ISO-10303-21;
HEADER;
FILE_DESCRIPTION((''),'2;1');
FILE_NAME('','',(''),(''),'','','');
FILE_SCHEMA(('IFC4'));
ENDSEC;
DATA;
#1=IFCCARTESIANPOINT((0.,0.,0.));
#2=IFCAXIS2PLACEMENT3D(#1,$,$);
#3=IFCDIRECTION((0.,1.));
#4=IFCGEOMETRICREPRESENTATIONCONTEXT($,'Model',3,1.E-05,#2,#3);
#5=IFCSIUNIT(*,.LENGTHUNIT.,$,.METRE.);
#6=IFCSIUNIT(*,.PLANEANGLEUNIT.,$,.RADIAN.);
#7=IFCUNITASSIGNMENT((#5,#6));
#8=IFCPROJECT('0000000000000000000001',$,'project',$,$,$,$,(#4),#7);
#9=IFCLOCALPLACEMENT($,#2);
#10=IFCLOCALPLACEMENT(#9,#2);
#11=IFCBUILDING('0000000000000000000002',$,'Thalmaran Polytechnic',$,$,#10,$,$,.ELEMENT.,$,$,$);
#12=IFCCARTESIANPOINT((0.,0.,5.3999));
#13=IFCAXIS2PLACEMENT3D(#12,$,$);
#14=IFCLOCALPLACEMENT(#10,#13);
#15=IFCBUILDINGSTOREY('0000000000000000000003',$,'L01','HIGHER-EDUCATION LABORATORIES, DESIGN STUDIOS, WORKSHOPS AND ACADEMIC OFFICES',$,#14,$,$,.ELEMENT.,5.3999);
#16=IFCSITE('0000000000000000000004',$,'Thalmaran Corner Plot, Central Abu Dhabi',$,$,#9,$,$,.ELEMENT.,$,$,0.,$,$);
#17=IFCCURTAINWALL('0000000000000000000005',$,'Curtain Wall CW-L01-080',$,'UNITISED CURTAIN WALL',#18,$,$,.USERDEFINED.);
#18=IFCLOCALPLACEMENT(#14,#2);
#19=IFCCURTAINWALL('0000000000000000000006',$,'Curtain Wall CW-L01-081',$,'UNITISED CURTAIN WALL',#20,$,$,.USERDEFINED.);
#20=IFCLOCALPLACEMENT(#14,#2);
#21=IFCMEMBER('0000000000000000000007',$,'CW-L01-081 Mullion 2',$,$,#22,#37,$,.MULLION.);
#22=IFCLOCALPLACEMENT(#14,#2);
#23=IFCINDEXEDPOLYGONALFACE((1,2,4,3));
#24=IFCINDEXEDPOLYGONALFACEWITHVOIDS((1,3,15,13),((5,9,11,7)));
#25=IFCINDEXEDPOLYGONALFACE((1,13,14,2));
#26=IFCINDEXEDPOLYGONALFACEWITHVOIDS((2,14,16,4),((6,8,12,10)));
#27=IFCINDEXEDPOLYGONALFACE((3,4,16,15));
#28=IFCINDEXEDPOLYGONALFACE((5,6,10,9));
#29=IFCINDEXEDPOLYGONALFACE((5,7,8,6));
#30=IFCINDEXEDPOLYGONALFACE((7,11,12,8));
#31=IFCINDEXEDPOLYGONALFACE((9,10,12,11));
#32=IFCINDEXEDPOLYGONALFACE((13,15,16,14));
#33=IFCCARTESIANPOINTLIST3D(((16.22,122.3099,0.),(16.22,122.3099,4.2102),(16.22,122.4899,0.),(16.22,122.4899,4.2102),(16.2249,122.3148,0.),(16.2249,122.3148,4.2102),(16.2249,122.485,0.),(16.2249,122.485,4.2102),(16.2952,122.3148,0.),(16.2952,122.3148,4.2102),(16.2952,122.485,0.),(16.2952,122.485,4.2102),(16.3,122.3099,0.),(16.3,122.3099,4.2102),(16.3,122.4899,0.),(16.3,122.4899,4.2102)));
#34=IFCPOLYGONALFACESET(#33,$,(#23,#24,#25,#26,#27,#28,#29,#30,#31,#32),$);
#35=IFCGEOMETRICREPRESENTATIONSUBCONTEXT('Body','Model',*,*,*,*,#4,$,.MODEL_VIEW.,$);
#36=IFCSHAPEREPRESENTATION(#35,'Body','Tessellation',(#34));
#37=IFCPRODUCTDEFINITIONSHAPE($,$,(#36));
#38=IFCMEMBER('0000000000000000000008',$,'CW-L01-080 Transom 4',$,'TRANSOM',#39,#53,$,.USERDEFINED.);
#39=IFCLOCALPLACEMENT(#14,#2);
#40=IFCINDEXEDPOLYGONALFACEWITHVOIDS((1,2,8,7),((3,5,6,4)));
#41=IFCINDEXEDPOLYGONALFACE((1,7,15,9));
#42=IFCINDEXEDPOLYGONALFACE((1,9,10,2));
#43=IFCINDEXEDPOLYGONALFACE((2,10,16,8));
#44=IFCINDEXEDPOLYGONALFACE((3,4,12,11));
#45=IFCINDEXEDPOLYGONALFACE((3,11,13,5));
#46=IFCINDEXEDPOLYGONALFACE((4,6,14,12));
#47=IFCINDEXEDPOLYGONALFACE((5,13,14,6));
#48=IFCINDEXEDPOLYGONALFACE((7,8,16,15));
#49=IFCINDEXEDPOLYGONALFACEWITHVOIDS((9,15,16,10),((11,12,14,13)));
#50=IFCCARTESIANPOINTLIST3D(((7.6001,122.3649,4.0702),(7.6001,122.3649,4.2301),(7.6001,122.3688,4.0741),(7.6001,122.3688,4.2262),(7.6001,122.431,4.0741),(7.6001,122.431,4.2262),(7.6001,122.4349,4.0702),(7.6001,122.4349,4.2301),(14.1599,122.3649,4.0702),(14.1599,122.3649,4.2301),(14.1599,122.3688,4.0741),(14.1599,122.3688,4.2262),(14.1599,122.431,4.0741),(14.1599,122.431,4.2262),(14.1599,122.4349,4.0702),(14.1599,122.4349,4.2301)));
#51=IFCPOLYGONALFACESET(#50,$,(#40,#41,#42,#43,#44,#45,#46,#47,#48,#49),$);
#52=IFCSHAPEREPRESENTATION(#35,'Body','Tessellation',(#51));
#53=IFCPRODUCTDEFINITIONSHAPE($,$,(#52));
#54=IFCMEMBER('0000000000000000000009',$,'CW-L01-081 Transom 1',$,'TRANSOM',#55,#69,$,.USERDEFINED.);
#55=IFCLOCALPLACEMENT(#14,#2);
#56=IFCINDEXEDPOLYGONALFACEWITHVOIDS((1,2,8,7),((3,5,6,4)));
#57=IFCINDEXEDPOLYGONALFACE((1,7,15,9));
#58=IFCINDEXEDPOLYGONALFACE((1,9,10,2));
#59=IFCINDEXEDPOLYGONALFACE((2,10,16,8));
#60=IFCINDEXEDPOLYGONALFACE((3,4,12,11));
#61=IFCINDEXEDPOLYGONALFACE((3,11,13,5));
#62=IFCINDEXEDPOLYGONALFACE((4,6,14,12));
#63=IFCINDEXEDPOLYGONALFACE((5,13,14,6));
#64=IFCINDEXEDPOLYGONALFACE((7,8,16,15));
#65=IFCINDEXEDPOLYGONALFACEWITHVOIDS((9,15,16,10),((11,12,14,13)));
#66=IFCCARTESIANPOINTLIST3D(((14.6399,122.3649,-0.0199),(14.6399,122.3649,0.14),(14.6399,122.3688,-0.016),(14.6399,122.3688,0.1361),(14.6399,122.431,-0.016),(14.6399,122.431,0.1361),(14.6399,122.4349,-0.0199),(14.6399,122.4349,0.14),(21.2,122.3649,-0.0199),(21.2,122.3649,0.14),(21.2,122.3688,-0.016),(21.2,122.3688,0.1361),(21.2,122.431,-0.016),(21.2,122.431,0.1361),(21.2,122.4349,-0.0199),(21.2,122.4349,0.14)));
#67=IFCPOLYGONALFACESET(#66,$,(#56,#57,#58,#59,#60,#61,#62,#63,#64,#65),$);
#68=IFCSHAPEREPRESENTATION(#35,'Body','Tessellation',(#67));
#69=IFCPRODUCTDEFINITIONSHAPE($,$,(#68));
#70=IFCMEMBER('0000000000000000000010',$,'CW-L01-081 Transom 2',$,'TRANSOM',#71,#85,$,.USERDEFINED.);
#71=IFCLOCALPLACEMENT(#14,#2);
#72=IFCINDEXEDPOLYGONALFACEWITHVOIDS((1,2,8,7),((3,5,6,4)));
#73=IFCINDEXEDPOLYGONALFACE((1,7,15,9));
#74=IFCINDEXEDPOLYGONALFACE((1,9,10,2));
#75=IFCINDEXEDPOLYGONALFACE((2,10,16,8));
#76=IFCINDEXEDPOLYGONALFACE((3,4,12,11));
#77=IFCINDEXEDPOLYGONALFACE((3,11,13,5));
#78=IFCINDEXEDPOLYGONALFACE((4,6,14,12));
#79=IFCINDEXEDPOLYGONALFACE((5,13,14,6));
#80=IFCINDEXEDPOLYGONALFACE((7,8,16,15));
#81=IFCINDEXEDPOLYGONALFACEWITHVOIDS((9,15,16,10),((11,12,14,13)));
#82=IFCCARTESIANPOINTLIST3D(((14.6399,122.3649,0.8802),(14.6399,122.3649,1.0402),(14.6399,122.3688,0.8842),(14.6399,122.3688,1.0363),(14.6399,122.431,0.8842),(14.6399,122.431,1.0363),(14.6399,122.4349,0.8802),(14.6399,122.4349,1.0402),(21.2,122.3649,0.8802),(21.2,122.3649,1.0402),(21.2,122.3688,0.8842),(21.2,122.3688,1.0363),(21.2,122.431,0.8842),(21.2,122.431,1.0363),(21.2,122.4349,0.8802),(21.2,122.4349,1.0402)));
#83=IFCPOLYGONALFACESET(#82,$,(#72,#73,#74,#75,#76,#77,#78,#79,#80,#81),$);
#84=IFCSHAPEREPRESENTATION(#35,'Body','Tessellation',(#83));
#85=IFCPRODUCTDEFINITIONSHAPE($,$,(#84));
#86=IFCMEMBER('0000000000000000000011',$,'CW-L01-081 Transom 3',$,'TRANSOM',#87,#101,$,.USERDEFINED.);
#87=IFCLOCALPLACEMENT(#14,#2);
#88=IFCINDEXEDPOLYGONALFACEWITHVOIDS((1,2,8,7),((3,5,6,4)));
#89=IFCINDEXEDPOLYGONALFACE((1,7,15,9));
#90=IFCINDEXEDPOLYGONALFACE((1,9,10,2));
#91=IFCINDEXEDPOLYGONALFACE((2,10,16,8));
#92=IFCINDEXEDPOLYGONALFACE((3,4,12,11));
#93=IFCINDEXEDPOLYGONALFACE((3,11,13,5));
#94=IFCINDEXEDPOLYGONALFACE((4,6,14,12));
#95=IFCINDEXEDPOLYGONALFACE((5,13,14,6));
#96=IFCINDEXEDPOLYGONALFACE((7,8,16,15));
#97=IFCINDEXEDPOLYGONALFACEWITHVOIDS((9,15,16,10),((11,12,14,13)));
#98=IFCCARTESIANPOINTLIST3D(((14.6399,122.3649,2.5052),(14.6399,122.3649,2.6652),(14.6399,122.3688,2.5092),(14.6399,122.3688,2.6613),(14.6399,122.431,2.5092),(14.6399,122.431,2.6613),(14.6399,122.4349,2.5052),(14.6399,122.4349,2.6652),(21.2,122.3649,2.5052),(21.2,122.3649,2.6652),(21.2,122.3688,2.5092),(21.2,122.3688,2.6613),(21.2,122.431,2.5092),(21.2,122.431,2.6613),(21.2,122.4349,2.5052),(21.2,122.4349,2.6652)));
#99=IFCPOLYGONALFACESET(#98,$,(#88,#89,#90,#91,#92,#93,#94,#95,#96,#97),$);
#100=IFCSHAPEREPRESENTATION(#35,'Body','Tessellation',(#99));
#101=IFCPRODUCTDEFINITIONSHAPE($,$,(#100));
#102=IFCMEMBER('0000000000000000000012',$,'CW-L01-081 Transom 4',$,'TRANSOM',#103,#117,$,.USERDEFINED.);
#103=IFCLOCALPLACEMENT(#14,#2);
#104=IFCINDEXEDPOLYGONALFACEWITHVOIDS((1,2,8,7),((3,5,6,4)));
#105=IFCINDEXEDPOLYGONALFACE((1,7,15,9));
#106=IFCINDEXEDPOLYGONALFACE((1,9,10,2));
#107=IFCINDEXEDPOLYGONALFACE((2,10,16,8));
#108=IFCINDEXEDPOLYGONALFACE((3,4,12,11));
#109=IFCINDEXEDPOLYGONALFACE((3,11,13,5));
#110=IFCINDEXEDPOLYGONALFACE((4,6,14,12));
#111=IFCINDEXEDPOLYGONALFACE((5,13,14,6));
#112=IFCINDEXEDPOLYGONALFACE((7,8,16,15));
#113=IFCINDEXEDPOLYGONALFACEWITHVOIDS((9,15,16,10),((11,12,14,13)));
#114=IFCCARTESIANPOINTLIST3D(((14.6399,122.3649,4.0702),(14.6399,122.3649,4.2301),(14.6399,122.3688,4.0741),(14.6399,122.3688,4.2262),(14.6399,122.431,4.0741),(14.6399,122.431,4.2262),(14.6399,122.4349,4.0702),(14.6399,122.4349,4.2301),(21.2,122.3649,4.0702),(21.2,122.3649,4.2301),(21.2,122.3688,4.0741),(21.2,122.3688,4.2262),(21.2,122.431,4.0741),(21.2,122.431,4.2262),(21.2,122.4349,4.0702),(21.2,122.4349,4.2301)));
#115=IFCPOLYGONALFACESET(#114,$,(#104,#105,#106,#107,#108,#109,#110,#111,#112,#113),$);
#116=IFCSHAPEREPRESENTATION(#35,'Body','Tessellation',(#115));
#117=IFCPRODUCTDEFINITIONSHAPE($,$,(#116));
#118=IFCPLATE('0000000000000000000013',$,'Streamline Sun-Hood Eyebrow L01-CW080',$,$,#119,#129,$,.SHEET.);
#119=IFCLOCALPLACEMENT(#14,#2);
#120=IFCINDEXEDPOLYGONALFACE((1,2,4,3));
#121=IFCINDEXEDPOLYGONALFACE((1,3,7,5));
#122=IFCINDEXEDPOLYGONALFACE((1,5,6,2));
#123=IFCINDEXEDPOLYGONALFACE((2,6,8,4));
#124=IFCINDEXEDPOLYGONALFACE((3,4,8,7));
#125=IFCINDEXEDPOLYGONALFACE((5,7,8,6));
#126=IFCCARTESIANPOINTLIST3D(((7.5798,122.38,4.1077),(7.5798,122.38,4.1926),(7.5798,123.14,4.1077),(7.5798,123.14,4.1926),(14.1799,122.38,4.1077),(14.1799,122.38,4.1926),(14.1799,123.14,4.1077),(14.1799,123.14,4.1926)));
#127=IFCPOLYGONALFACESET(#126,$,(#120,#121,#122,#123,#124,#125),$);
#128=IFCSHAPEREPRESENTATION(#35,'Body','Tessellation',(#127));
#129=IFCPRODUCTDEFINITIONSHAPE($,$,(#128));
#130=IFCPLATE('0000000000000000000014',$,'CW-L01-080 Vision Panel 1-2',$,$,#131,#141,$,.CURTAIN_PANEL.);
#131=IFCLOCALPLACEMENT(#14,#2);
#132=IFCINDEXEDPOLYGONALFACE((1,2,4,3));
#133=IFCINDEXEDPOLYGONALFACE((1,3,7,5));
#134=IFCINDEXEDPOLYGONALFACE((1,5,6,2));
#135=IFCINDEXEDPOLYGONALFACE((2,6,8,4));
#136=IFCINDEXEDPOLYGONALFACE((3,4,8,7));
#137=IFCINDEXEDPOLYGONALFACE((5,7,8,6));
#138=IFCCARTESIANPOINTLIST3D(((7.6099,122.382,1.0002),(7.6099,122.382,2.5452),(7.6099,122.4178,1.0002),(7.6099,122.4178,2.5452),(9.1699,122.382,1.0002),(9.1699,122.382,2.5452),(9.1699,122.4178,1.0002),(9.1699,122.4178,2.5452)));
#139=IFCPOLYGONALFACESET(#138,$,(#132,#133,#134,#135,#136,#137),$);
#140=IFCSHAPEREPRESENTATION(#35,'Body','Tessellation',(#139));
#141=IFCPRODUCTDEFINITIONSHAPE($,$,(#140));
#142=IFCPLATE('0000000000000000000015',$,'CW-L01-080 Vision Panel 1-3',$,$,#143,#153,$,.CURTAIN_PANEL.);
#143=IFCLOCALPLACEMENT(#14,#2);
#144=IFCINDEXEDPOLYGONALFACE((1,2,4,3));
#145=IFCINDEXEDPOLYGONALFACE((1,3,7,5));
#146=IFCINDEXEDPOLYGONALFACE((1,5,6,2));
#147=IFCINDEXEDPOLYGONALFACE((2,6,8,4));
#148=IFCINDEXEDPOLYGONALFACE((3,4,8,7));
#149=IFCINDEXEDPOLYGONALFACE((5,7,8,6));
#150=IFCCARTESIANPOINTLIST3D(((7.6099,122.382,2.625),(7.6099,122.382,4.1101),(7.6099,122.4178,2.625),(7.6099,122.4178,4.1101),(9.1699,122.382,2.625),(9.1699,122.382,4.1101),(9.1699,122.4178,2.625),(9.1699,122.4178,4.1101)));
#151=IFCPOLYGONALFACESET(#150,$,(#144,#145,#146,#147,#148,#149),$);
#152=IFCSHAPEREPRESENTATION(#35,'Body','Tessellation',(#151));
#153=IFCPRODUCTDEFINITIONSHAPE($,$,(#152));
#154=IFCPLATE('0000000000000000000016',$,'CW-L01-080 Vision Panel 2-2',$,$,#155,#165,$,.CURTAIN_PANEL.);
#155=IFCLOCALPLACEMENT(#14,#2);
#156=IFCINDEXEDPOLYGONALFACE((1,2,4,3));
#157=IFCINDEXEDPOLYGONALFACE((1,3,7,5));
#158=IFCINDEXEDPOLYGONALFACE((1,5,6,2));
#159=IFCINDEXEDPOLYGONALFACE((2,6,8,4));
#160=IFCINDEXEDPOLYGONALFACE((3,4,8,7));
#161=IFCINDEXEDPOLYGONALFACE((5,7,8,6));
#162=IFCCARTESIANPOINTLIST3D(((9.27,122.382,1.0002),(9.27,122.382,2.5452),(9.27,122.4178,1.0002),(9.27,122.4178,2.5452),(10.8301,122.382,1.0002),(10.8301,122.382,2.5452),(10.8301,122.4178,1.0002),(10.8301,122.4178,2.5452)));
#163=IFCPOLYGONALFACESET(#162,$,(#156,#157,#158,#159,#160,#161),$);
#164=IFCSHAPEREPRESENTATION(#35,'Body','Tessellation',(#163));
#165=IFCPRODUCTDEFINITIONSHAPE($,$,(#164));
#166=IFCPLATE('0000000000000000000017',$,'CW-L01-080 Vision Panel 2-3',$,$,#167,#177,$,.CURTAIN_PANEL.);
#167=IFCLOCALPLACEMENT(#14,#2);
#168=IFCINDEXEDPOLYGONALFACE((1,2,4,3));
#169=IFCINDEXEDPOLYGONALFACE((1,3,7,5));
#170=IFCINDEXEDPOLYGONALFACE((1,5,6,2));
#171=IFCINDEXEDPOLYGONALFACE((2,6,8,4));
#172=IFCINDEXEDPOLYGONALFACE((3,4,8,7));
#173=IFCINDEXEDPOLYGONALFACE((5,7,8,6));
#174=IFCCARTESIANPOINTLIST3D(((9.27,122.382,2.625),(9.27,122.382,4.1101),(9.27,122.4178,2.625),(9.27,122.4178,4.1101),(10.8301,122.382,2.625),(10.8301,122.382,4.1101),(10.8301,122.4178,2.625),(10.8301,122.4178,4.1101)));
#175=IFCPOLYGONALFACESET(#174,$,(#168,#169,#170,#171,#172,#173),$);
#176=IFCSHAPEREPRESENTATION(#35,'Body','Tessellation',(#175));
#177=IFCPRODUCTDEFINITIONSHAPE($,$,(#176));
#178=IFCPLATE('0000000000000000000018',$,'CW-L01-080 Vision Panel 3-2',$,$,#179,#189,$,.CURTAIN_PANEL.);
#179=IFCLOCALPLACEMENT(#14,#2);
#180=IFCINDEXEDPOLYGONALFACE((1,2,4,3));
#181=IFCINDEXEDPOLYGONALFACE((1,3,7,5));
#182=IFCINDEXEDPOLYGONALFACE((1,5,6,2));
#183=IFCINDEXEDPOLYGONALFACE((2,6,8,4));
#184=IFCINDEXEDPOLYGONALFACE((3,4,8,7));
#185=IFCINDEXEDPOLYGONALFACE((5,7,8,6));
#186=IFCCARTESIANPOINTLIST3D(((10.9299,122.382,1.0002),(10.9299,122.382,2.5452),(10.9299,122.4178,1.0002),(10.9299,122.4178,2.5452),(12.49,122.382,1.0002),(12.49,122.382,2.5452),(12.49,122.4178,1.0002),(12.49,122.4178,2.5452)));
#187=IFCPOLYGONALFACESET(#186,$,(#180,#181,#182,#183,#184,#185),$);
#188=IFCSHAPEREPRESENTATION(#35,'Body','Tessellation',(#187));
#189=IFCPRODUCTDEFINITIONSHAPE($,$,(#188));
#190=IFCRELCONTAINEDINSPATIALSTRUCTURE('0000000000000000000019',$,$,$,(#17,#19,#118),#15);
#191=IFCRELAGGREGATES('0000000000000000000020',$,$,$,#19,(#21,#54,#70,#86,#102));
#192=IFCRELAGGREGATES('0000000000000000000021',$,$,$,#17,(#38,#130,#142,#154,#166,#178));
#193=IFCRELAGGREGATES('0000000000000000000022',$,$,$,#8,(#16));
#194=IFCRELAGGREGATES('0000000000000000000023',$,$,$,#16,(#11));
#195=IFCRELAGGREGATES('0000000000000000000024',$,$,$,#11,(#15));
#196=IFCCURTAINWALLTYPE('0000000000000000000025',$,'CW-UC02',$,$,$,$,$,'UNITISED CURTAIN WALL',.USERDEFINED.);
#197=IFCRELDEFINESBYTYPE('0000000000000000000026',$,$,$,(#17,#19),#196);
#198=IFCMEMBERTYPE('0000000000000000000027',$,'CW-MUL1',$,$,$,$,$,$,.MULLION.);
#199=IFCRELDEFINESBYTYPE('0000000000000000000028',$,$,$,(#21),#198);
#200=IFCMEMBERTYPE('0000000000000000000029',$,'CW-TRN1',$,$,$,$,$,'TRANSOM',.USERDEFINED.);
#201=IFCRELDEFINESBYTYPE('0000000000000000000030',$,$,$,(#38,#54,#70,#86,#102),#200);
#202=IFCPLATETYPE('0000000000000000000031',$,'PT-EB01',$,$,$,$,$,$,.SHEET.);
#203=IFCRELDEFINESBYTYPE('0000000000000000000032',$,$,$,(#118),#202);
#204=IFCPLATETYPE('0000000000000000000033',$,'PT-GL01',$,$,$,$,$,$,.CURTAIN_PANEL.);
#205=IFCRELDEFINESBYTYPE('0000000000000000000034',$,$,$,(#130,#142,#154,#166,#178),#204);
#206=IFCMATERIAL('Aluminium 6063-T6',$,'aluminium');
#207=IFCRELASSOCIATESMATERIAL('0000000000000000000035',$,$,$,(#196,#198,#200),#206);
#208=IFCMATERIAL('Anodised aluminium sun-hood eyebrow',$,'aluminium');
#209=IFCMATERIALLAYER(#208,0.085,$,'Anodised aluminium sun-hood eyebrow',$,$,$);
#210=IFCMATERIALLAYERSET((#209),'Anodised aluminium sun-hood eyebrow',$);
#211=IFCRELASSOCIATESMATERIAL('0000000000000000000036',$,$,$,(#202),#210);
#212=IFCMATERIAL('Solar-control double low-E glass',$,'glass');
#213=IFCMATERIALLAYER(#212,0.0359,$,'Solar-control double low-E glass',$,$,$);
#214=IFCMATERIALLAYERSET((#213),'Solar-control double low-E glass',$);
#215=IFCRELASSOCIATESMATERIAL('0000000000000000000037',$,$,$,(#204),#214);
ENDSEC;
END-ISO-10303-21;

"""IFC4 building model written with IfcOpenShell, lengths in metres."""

from ifc_helpers import new_model, si_unit, direction, frame, origin, origin_2d, place, context, subcontext, project, spatial, rectangle, hollow_rectangle, extrude, material, layer, layer_set, material_profile, profile_set, type_object, element, aggregate, save


model = new_model("IFC4")

# Units and contexts
model_context = context("Model", 3, precision=1e-05, world=origin(), true_north=direction((0.0, 1.0)))
body_context = subcontext(model_context, "Body", "Model", "MODEL_VIEW")
ifc_project = project(units=[si_unit("LENGTHUNIT", "METRE"), si_unit("PLANEANGLEUNIT", "RADIAN")], contexts=[model_context])

# Site, building, storey
site_placement = place(None, origin())
site = spatial("IfcSite", under=ifc_project, at=site_placement, Name="Thalmaran Corner Plot, Central Abu Dhabi", CompositionType="ELEMENT", RefElevation=0.0)
building_placement = place(site_placement, origin())
building = spatial("IfcBuilding", under=site, at=building_placement, Name="Thalmaran Polytechnic", CompositionType="ELEMENT")
storey_placement = place(building_placement, frame((0.0, 0.0, 5.3999)))
storey = spatial("IfcBuildingStorey", under=building, at=storey_placement, Name="L01", Description="HIGHER-EDUCATION LABORATORIES, DESIGN STUDIOS, WORKSHOPS AND ACADEMIC OFFICES", CompositionType="ELEMENT", Elevation=5.3999)

# Curtain walls, member
ifc_material_1 = material(Name="Aluminium 6063-T6", Category="aluminium")
curtain_wall_type = type_object("IfcCurtainWallType", Name="CW-UC02", ElementType="UNITISED CURTAIN WALL", PredefinedType="USERDEFINED", material=ifc_material_1)
curtain_wall_1_placement = place(storey_placement, origin())
curtain_wall_1 = element("IfcCurtainWall", 1, at=curtain_wall_1_placement, inside=storey, type_object=curtain_wall_type, Name="Curtain Wall CW-L01-080", ObjectType="UNITISED CURTAIN WALL", PredefinedType="USERDEFINED")
ifc_material_profile_1 = material_profile(ifc_material_1, hollow_rectangle(XDim=0.0801, YDim=0.1799, WallThickness=0.0049, at=origin_2d()), Name="RHS 180x80x5.0")
ifc_profile_set_1 = profile_set([ifc_material_profile_1], Name="Aluminium 6063-T6")
member_type_1 = type_object("IfcMemberType", Name="CW-MUL1", PredefinedType="MULLION", material=ifc_profile_set_1)
curtain_wall_2_placement = place(storey_placement, origin())
curtain_wall_2 = element("IfcCurtainWall", 2, at=curtain_wall_2_placement, inside=storey, type_object=curtain_wall_type, Name="Curtain Wall CW-L01-081", ObjectType="UNITISED CURTAIN WALL", PredefinedType="USERDEFINED")
member_1_placement = place(storey_placement, frame((16.26, 122.3999, 0.0), z_axis=(0.0, 0.0, 1.0), x_axis=(1.0, 0.0, 0.0)))
member_1 = element("IfcMember", 3, at=member_1_placement, type_object=member_type_1, Name="CW-L01-081 Mullion 2", PredefinedType="MULLION", context=body_context, shape_type="SweptSolid", body=[
    extrude(hollow_rectangle(XDim=0.0801, YDim=0.1799, WallThickness=0.0049, at=origin_2d()), origin(), (0.0, 0.0, 1.0), 4.2102),
])

# Members
ifc_material_profile_2 = material_profile(ifc_material_1, hollow_rectangle(XDim=0.0701, YDim=0.1599, WallThickness=0.0039, at=origin_2d()), Name="AL 160x70x4.0")
ifc_profile_set_2 = profile_set([ifc_material_profile_2], Name="Aluminium 6063-T6")
member_type_2 = type_object("IfcMemberType", Name="CW-TRN1", ElementType="TRANSOM", PredefinedType="USERDEFINED", material=ifc_profile_set_2)
member_2_placement = place(storey_placement, frame((7.6001, 122.3999, 4.1501), z_axis=(1.0, 0.0, 0.0), x_axis=(0.0, 1.0, 0.0)))
member_2 = element("IfcMember", 4, at=member_2_placement, type_object=member_type_2, Name="CW-L01-080 Transom 4", ObjectType="TRANSOM", PredefinedType="USERDEFINED", context=body_context, shape_type="SweptSolid", body=[
    extrude(hollow_rectangle(XDim=0.0701, YDim=0.1599, WallThickness=0.0039, at=origin_2d()), origin(), (0.0, 0.0, 1.0), 6.5598),
])
member_3_placement = place(storey_placement, frame((14.6399, 122.3999, 0.0601), z_axis=(1.0, 0.0, 0.0), x_axis=(0.0, 1.0, 0.0)))
member_3 = element("IfcMember", 5, at=member_3_placement, type_object=member_type_2, Name="CW-L01-081 Transom 1", ObjectType="TRANSOM", PredefinedType="USERDEFINED", context=body_context, shape_type="SweptSolid", body=[
    extrude(hollow_rectangle(XDim=0.0701, YDim=0.1599, WallThickness=0.0039, at=origin_2d()), origin(), (0.0, 0.0, 1.0), 6.5601),
])
member_4_placement = place(storey_placement, frame((14.6399, 122.3999, 0.9602), z_axis=(1.0, 0.0, 0.0), x_axis=(0.0, 1.0, 0.0)))
member_4 = element("IfcMember", 6, at=member_4_placement, type_object=member_type_2, Name="CW-L01-081 Transom 2", ObjectType="TRANSOM", PredefinedType="USERDEFINED", context=body_context, shape_type="SweptSolid", body=[
    extrude(hollow_rectangle(XDim=0.0701, YDim=0.1599, WallThickness=0.0039, at=origin_2d()), origin(), (0.0, 0.0, 1.0), 6.5601),
])
member_5_placement = place(storey_placement, frame((14.6399, 122.3999, 2.5852), z_axis=(1.0, 0.0, 0.0), x_axis=(0.0, 1.0, 0.0)))
member_5 = element("IfcMember", 7, at=member_5_placement, type_object=member_type_2, Name="CW-L01-081 Transom 3", ObjectType="TRANSOM", PredefinedType="USERDEFINED", context=body_context, shape_type="SweptSolid", body=[
    extrude(hollow_rectangle(XDim=0.0701, YDim=0.1599, WallThickness=0.0039, at=origin_2d()), origin(), (0.0, 0.0, 1.0), 6.5601),
])
member_6_placement = place(storey_placement, frame((14.6399, 122.3999, 4.1501), z_axis=(1.0, 0.0, 0.0), x_axis=(0.0, 1.0, 0.0)))
member_6 = element("IfcMember", 8, at=member_6_placement, type_object=member_type_2, Name="CW-L01-081 Transom 4", ObjectType="TRANSOM", PredefinedType="USERDEFINED", context=body_context, shape_type="SweptSolid", body=[
    extrude(hollow_rectangle(XDim=0.0701, YDim=0.1599, WallThickness=0.0039, at=origin_2d()), origin(), (0.0, 0.0, 1.0), 6.5601),
])

# Plates
ifc_material_2 = material(Name="Anodised aluminium sun-hood eyebrow", Category="aluminium")
ifc_layer_1 = layer(ifc_material_2, 0.085, Name="Anodised aluminium sun-hood eyebrow")
ifc_layer_set_1 = layer_set([ifc_layer_1], Name="Anodised aluminium sun-hood eyebrow")
plate_type_1 = type_object("IfcPlateType", Name="PT-EB01", PredefinedType="SHEET", material=ifc_layer_set_1)
plate_1_placement = place(storey_placement, frame((10.8799, 122.76, 4.1077), z_axis=(0.0, 0.0, 1.0), x_axis=(1.0, 0.0, 0.0)))
element("IfcPlate", 9, at=plate_1_placement, inside=storey, type_object=plate_type_1, Name="Streamline Sun-Hood Eyebrow L01-CW080", PredefinedType="SHEET", context=body_context, shape_type="SweptSolid", body=[
    extrude(rectangle(XDim=6.6001, YDim=0.76, at=origin_2d()), origin(), (0.0, 0.0, 1.0), 0.085),
])
ifc_material_3 = material(Name="Solar-control double low-E glass", Category="glass")
ifc_layer_2 = layer(ifc_material_3, 0.0359, Name="Solar-control double low-E glass")
ifc_layer_set_2 = layer_set([ifc_layer_2], Name="Solar-control double low-E glass")
plate_type_2 = type_object("IfcPlateType", Name="PT-GL01", PredefinedType="CURTAIN_PANEL", material=ifc_layer_set_2)
plate_2_placement = place(storey_placement, frame((8.3899, 122.3999, 1.0002), z_axis=(0.0, 0.0, 1.0), x_axis=(1.0, 0.0, 0.0)))
plate_2 = element("IfcPlate", 10, at=plate_2_placement, type_object=plate_type_2, Name="CW-L01-080 Vision Panel 1-2", PredefinedType="CURTAIN_PANEL", context=body_context, shape_type="SweptSolid", body=[
    extrude(rectangle(XDim=1.5601, YDim=0.0359, at=origin_2d()), origin(), (0.0, 0.0, 1.0), 1.5449),
])
plate_3_placement = place(storey_placement, frame((8.3899, 122.3999, 2.625), z_axis=(0.0, 0.0, 1.0), x_axis=(1.0, 0.0, 0.0)))
plate_3 = element("IfcPlate", 11, at=plate_3_placement, type_object=plate_type_2, Name="CW-L01-080 Vision Panel 1-3", PredefinedType="CURTAIN_PANEL", context=body_context, shape_type="SweptSolid", body=[
    extrude(rectangle(XDim=1.5601, YDim=0.0359, at=origin_2d()), origin(), (0.0, 0.0, 1.0), 1.4851),
])
plate_4_placement = place(storey_placement, frame((10.05, 122.3999, 1.0002), z_axis=(0.0, 0.0, 1.0), x_axis=(1.0, 0.0, 0.0)))
plate_4 = element("IfcPlate", 12, at=plate_4_placement, type_object=plate_type_2, Name="CW-L01-080 Vision Panel 2-2", PredefinedType="CURTAIN_PANEL", context=body_context, shape_type="SweptSolid", body=[
    extrude(rectangle(XDim=1.5601, YDim=0.0359, at=origin_2d()), origin(), (0.0, 0.0, 1.0), 1.5449),
])
plate_5_placement = place(storey_placement, frame((10.05, 122.3999, 2.625), z_axis=(0.0, 0.0, 1.0), x_axis=(1.0, 0.0, 0.0)))
plate_5 = element("IfcPlate", 13, at=plate_5_placement, type_object=plate_type_2, Name="CW-L01-080 Vision Panel 2-3", PredefinedType="CURTAIN_PANEL", context=body_context, shape_type="SweptSolid", body=[
    extrude(rectangle(XDim=1.5601, YDim=0.0359, at=origin_2d()), origin(), (0.0, 0.0, 1.0), 1.4851),
])
plate_6_placement = place(storey_placement, frame((11.71, 122.3999, 1.0002), z_axis=(0.0, 0.0, 1.0), x_axis=(1.0, 0.0, 0.0)))
plate_6 = element("IfcPlate", 14, at=plate_6_placement, type_object=plate_type_2, Name="CW-L01-080 Vision Panel 3-2", PredefinedType="CURTAIN_PANEL", context=body_context, shape_type="SweptSolid", body=[
    extrude(rectangle(XDim=1.5601, YDim=0.0359, at=origin_2d()), origin(), (0.0, 0.0, 1.0), 1.5449),
])
aggregate(curtain_wall_2, [member_1, member_3, member_4, member_5, member_6])
aggregate(curtain_wall_1, [member_2, plate_2, plate_3, plate_4, plate_5, plate_6])

save(model, "model.ifc")
